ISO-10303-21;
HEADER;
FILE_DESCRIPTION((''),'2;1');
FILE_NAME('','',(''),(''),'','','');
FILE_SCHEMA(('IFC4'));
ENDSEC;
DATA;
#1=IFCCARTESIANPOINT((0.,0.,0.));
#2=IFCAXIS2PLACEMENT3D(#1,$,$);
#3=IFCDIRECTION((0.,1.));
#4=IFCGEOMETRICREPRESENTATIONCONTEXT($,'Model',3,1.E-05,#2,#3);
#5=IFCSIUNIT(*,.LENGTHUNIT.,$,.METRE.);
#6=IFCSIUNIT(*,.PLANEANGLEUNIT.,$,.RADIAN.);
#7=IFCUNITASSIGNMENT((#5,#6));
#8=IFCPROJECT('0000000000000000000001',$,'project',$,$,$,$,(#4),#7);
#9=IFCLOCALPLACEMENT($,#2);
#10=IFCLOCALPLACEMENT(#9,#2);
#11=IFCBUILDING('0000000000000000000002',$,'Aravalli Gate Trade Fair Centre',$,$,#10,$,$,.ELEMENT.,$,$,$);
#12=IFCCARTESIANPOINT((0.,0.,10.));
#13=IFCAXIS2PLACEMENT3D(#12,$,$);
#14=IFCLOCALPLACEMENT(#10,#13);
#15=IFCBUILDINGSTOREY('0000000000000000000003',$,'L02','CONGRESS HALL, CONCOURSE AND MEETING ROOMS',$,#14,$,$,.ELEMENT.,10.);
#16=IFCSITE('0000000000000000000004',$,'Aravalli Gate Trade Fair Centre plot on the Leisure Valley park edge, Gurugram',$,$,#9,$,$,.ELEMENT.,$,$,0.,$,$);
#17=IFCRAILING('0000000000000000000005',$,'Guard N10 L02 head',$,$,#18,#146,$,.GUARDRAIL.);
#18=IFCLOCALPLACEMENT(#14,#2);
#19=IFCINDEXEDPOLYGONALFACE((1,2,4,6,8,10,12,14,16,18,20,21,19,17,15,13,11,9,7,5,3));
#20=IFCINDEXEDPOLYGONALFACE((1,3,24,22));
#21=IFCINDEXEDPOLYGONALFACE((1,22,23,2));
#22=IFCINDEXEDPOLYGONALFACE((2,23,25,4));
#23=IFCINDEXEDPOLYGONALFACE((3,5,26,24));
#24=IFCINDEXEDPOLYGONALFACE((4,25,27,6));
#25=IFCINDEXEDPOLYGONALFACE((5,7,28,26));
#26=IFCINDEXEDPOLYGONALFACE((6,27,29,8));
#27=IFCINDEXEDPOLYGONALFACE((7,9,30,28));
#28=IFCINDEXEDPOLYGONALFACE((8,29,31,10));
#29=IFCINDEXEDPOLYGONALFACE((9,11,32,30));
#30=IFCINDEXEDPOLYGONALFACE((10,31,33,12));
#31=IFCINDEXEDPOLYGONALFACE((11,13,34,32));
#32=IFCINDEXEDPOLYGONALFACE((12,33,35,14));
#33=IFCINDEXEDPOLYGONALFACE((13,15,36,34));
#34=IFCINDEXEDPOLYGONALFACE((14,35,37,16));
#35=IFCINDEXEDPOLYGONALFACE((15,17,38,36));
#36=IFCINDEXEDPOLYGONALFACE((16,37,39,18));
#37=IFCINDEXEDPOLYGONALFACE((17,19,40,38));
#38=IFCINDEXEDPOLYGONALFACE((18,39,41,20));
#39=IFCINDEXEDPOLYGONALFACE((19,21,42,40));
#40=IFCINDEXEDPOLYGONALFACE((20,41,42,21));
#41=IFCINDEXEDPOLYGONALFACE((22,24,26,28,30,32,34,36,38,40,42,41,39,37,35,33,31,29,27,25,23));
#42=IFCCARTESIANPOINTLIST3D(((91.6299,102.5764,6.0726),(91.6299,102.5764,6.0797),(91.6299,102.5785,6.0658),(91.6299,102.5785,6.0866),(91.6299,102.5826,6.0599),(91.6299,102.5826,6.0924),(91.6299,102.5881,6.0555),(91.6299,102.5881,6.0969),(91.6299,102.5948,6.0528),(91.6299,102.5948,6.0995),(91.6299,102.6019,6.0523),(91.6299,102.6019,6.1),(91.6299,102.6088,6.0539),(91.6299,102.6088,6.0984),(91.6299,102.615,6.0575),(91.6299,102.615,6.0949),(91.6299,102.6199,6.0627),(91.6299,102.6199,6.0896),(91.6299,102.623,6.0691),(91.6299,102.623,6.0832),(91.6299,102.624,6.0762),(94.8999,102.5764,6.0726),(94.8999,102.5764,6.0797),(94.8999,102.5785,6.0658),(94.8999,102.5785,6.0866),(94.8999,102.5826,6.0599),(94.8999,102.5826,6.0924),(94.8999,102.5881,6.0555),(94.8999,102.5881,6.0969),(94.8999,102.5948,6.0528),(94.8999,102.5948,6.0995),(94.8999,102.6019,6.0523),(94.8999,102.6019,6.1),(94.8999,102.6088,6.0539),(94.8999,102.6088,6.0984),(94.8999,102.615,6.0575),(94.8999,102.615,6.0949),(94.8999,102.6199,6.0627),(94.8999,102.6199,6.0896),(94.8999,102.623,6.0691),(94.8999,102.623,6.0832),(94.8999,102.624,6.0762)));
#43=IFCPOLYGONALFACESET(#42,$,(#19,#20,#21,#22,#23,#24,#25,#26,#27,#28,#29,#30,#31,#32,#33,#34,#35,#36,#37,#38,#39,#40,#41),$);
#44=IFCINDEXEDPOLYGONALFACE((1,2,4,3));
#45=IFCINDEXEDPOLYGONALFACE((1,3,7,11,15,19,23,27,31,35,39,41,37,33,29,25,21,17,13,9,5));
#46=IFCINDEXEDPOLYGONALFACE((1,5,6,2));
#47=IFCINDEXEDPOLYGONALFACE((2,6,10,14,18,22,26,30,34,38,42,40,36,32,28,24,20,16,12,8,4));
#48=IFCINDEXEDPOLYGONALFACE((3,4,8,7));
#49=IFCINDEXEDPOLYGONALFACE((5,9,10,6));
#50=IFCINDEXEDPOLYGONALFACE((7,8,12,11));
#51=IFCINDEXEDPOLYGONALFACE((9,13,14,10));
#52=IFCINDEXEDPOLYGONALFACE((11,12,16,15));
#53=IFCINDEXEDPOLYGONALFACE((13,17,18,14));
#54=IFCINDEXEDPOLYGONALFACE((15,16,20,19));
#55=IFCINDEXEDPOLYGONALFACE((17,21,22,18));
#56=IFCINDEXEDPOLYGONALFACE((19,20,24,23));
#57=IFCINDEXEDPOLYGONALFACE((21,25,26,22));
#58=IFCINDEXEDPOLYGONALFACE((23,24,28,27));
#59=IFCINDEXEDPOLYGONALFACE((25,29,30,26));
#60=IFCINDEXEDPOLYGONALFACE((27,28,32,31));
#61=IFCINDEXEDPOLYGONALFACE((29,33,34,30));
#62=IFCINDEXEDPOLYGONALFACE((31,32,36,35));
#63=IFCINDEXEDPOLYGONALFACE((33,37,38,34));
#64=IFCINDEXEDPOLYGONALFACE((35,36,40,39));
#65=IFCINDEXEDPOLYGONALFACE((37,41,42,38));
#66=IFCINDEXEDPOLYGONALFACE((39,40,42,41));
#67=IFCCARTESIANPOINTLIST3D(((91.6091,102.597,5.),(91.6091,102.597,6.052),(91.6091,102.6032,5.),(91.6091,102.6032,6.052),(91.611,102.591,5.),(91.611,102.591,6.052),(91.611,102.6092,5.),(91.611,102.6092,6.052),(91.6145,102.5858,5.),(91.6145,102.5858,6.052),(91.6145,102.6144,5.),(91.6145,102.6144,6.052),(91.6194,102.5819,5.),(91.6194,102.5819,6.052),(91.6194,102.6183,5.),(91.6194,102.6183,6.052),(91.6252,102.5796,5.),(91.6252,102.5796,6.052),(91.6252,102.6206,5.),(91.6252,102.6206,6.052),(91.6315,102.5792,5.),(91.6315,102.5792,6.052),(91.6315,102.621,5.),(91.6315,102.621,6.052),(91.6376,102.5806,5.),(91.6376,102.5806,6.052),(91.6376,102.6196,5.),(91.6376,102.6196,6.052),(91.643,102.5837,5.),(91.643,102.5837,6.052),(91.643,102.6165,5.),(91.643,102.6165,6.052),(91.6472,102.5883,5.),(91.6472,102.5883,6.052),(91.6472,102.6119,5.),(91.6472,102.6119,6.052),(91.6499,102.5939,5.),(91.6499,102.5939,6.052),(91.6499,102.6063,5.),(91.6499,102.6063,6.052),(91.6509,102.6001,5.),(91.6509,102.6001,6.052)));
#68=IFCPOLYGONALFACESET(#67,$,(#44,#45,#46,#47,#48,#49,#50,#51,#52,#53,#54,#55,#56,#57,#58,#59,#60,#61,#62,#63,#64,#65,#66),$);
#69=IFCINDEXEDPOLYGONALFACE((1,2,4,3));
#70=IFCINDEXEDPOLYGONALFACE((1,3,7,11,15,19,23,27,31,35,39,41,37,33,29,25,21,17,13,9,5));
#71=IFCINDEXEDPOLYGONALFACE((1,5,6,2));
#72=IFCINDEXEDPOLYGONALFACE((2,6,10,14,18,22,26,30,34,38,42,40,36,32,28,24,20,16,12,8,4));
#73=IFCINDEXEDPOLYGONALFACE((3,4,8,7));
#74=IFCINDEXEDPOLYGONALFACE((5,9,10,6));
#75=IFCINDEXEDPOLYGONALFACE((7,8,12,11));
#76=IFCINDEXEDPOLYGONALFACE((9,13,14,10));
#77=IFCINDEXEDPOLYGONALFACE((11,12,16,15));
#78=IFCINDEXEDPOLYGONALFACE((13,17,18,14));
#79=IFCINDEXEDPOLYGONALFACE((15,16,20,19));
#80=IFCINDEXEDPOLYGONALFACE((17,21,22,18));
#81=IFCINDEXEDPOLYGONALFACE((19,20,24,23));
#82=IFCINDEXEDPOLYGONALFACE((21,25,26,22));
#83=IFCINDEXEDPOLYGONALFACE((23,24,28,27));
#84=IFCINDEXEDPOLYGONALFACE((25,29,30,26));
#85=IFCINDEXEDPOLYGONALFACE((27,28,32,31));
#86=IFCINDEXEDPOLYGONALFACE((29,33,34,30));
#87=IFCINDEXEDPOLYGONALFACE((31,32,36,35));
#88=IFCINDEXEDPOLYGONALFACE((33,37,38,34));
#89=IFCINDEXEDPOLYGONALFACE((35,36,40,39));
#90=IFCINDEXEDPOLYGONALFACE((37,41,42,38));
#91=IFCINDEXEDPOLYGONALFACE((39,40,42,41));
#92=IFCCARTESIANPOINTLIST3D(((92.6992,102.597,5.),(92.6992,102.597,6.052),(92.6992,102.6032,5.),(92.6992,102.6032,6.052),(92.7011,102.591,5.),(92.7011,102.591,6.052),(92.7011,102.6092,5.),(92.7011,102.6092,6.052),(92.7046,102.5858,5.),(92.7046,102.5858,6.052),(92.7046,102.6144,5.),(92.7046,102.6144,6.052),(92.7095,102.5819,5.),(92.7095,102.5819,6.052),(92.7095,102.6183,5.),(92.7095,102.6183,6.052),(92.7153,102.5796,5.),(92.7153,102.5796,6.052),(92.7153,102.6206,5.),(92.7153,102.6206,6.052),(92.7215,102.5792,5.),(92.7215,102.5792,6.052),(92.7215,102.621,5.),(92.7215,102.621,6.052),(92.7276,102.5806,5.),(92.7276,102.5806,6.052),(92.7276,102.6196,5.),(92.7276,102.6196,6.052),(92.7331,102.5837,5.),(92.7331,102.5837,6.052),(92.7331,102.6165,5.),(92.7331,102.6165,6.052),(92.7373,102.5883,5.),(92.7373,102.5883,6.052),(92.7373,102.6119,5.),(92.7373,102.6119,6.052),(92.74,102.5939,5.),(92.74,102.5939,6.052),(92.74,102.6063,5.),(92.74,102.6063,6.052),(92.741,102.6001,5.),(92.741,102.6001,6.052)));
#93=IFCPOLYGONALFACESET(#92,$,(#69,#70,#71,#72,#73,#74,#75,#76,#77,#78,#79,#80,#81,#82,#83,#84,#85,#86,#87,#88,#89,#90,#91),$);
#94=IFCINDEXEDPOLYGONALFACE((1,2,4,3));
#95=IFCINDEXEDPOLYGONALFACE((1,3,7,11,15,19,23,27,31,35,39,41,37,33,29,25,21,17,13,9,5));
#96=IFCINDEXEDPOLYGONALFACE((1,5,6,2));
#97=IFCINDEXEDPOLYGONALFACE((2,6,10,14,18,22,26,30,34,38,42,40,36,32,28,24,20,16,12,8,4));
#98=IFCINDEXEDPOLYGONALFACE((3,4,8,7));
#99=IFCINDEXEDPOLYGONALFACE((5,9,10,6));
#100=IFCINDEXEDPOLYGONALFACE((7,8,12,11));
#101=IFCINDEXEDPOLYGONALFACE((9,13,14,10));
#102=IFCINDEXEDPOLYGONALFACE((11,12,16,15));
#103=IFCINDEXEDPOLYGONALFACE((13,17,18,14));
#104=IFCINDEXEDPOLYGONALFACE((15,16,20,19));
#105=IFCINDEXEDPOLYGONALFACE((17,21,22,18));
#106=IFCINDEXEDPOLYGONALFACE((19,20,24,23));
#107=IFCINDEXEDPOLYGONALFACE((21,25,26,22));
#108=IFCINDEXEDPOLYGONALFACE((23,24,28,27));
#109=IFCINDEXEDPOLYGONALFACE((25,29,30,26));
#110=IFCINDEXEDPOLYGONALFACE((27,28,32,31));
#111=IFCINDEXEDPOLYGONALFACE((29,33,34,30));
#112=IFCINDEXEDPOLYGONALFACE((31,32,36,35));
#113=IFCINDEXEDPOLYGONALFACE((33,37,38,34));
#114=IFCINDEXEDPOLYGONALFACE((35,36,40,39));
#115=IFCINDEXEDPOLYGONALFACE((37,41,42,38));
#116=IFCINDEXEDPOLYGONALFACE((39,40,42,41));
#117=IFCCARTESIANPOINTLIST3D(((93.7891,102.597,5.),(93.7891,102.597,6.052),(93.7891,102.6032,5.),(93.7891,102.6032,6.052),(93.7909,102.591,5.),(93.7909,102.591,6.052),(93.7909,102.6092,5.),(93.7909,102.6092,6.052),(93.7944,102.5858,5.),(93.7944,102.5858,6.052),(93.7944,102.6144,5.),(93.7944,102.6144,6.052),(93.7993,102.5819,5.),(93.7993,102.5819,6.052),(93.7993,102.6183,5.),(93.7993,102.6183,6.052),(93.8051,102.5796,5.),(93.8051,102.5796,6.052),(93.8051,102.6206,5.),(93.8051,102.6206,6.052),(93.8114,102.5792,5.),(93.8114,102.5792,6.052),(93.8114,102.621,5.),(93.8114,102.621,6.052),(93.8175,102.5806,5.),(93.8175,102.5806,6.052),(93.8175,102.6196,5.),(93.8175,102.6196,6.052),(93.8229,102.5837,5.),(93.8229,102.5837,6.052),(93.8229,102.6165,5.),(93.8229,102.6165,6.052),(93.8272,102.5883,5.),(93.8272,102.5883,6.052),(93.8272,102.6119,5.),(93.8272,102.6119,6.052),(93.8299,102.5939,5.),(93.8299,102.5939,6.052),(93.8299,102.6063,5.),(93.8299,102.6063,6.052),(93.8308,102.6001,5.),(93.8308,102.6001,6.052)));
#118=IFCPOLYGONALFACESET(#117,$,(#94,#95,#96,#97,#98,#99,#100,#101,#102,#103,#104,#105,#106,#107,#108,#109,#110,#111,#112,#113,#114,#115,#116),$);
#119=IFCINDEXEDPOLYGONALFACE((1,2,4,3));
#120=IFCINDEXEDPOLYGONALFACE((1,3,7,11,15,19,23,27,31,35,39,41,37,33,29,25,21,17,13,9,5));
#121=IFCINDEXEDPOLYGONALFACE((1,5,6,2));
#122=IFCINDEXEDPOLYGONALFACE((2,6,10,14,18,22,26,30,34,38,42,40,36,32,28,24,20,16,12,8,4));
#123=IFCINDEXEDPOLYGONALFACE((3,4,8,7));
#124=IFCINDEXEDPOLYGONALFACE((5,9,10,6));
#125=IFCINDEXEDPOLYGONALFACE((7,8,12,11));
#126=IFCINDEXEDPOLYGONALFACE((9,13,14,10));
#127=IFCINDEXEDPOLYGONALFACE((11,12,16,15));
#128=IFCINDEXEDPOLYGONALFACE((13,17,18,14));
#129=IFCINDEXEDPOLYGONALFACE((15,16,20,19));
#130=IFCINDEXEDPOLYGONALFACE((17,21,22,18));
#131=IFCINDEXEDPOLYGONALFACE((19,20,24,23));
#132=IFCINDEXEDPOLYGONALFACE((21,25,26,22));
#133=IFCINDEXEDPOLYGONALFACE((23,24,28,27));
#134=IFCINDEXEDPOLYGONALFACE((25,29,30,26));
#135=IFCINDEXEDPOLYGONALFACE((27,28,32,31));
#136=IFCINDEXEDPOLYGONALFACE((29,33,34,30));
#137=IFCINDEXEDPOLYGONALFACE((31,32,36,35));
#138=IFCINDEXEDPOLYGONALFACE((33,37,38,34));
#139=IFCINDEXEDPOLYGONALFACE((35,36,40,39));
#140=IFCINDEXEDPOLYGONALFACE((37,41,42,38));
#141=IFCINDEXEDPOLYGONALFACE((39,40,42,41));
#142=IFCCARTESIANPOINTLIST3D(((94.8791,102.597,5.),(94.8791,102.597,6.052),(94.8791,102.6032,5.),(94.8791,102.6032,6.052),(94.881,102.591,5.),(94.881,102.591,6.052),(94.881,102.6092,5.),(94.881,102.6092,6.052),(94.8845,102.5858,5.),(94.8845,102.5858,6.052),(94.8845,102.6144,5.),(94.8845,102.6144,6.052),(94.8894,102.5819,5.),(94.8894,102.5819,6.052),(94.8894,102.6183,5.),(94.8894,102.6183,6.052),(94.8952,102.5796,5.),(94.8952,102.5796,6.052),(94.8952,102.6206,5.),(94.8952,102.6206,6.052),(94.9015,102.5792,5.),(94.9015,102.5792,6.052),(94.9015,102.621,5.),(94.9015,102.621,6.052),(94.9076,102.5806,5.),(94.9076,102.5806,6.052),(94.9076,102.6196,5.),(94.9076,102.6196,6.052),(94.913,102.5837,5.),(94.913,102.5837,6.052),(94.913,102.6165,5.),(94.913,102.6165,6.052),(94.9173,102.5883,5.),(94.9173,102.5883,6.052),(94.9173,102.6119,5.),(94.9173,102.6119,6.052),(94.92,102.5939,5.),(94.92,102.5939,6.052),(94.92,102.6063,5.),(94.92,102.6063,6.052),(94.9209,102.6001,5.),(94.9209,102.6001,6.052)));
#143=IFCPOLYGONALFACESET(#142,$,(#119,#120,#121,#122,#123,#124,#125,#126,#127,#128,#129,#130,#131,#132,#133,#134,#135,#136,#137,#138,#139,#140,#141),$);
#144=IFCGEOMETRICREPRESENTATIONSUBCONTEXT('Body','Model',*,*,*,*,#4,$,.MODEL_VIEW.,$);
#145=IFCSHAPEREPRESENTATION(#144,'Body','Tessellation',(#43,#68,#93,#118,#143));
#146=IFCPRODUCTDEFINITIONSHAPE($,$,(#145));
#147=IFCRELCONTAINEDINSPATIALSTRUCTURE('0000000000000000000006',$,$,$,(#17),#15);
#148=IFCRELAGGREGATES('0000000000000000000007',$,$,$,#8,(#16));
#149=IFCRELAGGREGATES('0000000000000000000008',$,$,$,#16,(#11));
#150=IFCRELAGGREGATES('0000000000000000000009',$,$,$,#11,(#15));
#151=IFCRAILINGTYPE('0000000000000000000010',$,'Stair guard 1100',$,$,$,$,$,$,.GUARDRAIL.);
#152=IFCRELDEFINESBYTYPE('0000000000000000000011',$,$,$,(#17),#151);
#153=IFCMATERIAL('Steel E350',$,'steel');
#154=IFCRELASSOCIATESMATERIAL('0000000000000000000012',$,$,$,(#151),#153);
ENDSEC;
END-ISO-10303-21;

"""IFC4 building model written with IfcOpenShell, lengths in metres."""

from ifc_helpers import new_model, si_unit, direction, frame, origin, origin_2d, place, context, subcontext, project, spatial, circle, extrude, material, type_object, element, save


model = new_model("IFC4")

# Units and contexts
model_context = context("Model", 3, precision=1e-05, world=origin(), true_north=direction((0.0, 1.0)))
body_context = subcontext(model_context, "Body", "Model", "MODEL_VIEW")
ifc_project = project(units=[si_unit("LENGTHUNIT", "METRE"), si_unit("PLANEANGLEUNIT", "RADIAN")], contexts=[model_context])

# Site, building, storey
site_placement = place(None, origin())
site = spatial("IfcSite", under=ifc_project, at=site_placement, Name="Aravalli Gate Trade Fair Centre plot on the Leisure Valley park edge, Gurugram", CompositionType="ELEMENT", RefElevation=0.0)
building_placement = place(site_placement, origin())
building = spatial("IfcBuilding", under=site, at=building_placement, Name="Aravalli Gate Trade Fair Centre", CompositionType="ELEMENT")
storey_placement = place(building_placement, frame((0.0, 0.0, 10.0)))
storey = spatial("IfcBuildingStorey", under=building, at=storey_placement, Name="L02", Description="CONGRESS HALL, CONCOURSE AND MEETING ROOMS", CompositionType="ELEMENT", Elevation=10.0)

# Shared definitions
ifc_material_1 = material(Name="Steel E350", Category="steel")

# Railing
railing_type_1 = type_object("IfcRailingType", Name="Stair guard 1100", PredefinedType="GUARDRAIL", material=ifc_material_1)
railing_placement = place(storey_placement, frame((91.6299, 102.6001, 5.0)))
element("IfcRailing", 1, at=railing_placement, inside=storey, type_object=railing_type_1, Name="Guard N10 L02 head", PredefinedType="GUARDRAIL", context=body_context, shape_type="SweptSolid", body=[
    extrude(circle(Radius=0.0239, at=origin_2d()), frame((0.0, 0.0, 1.0762), z_axis=(1.0, 0.0, 0.0), x_axis=(0.0, 1.0, 0.0)), (0.0, 0.0, 1.0), 3.27),
    extrude(circle(Radius=0.021, at=origin_2d()), origin(), (0.0, 0.0, 1.0), 1.052),
    extrude(circle(Radius=0.021, at=origin_2d()), frame((1.0901, 0.0, 0.0)), (0.0, 0.0, 1.0), 1.052),
    extrude(circle(Radius=0.021, at=origin_2d()), frame((2.1799, 0.0, 0.0)), (0.0, 0.0, 1.0), 1.052),
    extrude(circle(Radius=0.021, at=origin_2d()), frame((3.27, 0.0, 0.0)), (0.0, 0.0, 1.0), 1.052),
])

save(model, "model.ifc")
